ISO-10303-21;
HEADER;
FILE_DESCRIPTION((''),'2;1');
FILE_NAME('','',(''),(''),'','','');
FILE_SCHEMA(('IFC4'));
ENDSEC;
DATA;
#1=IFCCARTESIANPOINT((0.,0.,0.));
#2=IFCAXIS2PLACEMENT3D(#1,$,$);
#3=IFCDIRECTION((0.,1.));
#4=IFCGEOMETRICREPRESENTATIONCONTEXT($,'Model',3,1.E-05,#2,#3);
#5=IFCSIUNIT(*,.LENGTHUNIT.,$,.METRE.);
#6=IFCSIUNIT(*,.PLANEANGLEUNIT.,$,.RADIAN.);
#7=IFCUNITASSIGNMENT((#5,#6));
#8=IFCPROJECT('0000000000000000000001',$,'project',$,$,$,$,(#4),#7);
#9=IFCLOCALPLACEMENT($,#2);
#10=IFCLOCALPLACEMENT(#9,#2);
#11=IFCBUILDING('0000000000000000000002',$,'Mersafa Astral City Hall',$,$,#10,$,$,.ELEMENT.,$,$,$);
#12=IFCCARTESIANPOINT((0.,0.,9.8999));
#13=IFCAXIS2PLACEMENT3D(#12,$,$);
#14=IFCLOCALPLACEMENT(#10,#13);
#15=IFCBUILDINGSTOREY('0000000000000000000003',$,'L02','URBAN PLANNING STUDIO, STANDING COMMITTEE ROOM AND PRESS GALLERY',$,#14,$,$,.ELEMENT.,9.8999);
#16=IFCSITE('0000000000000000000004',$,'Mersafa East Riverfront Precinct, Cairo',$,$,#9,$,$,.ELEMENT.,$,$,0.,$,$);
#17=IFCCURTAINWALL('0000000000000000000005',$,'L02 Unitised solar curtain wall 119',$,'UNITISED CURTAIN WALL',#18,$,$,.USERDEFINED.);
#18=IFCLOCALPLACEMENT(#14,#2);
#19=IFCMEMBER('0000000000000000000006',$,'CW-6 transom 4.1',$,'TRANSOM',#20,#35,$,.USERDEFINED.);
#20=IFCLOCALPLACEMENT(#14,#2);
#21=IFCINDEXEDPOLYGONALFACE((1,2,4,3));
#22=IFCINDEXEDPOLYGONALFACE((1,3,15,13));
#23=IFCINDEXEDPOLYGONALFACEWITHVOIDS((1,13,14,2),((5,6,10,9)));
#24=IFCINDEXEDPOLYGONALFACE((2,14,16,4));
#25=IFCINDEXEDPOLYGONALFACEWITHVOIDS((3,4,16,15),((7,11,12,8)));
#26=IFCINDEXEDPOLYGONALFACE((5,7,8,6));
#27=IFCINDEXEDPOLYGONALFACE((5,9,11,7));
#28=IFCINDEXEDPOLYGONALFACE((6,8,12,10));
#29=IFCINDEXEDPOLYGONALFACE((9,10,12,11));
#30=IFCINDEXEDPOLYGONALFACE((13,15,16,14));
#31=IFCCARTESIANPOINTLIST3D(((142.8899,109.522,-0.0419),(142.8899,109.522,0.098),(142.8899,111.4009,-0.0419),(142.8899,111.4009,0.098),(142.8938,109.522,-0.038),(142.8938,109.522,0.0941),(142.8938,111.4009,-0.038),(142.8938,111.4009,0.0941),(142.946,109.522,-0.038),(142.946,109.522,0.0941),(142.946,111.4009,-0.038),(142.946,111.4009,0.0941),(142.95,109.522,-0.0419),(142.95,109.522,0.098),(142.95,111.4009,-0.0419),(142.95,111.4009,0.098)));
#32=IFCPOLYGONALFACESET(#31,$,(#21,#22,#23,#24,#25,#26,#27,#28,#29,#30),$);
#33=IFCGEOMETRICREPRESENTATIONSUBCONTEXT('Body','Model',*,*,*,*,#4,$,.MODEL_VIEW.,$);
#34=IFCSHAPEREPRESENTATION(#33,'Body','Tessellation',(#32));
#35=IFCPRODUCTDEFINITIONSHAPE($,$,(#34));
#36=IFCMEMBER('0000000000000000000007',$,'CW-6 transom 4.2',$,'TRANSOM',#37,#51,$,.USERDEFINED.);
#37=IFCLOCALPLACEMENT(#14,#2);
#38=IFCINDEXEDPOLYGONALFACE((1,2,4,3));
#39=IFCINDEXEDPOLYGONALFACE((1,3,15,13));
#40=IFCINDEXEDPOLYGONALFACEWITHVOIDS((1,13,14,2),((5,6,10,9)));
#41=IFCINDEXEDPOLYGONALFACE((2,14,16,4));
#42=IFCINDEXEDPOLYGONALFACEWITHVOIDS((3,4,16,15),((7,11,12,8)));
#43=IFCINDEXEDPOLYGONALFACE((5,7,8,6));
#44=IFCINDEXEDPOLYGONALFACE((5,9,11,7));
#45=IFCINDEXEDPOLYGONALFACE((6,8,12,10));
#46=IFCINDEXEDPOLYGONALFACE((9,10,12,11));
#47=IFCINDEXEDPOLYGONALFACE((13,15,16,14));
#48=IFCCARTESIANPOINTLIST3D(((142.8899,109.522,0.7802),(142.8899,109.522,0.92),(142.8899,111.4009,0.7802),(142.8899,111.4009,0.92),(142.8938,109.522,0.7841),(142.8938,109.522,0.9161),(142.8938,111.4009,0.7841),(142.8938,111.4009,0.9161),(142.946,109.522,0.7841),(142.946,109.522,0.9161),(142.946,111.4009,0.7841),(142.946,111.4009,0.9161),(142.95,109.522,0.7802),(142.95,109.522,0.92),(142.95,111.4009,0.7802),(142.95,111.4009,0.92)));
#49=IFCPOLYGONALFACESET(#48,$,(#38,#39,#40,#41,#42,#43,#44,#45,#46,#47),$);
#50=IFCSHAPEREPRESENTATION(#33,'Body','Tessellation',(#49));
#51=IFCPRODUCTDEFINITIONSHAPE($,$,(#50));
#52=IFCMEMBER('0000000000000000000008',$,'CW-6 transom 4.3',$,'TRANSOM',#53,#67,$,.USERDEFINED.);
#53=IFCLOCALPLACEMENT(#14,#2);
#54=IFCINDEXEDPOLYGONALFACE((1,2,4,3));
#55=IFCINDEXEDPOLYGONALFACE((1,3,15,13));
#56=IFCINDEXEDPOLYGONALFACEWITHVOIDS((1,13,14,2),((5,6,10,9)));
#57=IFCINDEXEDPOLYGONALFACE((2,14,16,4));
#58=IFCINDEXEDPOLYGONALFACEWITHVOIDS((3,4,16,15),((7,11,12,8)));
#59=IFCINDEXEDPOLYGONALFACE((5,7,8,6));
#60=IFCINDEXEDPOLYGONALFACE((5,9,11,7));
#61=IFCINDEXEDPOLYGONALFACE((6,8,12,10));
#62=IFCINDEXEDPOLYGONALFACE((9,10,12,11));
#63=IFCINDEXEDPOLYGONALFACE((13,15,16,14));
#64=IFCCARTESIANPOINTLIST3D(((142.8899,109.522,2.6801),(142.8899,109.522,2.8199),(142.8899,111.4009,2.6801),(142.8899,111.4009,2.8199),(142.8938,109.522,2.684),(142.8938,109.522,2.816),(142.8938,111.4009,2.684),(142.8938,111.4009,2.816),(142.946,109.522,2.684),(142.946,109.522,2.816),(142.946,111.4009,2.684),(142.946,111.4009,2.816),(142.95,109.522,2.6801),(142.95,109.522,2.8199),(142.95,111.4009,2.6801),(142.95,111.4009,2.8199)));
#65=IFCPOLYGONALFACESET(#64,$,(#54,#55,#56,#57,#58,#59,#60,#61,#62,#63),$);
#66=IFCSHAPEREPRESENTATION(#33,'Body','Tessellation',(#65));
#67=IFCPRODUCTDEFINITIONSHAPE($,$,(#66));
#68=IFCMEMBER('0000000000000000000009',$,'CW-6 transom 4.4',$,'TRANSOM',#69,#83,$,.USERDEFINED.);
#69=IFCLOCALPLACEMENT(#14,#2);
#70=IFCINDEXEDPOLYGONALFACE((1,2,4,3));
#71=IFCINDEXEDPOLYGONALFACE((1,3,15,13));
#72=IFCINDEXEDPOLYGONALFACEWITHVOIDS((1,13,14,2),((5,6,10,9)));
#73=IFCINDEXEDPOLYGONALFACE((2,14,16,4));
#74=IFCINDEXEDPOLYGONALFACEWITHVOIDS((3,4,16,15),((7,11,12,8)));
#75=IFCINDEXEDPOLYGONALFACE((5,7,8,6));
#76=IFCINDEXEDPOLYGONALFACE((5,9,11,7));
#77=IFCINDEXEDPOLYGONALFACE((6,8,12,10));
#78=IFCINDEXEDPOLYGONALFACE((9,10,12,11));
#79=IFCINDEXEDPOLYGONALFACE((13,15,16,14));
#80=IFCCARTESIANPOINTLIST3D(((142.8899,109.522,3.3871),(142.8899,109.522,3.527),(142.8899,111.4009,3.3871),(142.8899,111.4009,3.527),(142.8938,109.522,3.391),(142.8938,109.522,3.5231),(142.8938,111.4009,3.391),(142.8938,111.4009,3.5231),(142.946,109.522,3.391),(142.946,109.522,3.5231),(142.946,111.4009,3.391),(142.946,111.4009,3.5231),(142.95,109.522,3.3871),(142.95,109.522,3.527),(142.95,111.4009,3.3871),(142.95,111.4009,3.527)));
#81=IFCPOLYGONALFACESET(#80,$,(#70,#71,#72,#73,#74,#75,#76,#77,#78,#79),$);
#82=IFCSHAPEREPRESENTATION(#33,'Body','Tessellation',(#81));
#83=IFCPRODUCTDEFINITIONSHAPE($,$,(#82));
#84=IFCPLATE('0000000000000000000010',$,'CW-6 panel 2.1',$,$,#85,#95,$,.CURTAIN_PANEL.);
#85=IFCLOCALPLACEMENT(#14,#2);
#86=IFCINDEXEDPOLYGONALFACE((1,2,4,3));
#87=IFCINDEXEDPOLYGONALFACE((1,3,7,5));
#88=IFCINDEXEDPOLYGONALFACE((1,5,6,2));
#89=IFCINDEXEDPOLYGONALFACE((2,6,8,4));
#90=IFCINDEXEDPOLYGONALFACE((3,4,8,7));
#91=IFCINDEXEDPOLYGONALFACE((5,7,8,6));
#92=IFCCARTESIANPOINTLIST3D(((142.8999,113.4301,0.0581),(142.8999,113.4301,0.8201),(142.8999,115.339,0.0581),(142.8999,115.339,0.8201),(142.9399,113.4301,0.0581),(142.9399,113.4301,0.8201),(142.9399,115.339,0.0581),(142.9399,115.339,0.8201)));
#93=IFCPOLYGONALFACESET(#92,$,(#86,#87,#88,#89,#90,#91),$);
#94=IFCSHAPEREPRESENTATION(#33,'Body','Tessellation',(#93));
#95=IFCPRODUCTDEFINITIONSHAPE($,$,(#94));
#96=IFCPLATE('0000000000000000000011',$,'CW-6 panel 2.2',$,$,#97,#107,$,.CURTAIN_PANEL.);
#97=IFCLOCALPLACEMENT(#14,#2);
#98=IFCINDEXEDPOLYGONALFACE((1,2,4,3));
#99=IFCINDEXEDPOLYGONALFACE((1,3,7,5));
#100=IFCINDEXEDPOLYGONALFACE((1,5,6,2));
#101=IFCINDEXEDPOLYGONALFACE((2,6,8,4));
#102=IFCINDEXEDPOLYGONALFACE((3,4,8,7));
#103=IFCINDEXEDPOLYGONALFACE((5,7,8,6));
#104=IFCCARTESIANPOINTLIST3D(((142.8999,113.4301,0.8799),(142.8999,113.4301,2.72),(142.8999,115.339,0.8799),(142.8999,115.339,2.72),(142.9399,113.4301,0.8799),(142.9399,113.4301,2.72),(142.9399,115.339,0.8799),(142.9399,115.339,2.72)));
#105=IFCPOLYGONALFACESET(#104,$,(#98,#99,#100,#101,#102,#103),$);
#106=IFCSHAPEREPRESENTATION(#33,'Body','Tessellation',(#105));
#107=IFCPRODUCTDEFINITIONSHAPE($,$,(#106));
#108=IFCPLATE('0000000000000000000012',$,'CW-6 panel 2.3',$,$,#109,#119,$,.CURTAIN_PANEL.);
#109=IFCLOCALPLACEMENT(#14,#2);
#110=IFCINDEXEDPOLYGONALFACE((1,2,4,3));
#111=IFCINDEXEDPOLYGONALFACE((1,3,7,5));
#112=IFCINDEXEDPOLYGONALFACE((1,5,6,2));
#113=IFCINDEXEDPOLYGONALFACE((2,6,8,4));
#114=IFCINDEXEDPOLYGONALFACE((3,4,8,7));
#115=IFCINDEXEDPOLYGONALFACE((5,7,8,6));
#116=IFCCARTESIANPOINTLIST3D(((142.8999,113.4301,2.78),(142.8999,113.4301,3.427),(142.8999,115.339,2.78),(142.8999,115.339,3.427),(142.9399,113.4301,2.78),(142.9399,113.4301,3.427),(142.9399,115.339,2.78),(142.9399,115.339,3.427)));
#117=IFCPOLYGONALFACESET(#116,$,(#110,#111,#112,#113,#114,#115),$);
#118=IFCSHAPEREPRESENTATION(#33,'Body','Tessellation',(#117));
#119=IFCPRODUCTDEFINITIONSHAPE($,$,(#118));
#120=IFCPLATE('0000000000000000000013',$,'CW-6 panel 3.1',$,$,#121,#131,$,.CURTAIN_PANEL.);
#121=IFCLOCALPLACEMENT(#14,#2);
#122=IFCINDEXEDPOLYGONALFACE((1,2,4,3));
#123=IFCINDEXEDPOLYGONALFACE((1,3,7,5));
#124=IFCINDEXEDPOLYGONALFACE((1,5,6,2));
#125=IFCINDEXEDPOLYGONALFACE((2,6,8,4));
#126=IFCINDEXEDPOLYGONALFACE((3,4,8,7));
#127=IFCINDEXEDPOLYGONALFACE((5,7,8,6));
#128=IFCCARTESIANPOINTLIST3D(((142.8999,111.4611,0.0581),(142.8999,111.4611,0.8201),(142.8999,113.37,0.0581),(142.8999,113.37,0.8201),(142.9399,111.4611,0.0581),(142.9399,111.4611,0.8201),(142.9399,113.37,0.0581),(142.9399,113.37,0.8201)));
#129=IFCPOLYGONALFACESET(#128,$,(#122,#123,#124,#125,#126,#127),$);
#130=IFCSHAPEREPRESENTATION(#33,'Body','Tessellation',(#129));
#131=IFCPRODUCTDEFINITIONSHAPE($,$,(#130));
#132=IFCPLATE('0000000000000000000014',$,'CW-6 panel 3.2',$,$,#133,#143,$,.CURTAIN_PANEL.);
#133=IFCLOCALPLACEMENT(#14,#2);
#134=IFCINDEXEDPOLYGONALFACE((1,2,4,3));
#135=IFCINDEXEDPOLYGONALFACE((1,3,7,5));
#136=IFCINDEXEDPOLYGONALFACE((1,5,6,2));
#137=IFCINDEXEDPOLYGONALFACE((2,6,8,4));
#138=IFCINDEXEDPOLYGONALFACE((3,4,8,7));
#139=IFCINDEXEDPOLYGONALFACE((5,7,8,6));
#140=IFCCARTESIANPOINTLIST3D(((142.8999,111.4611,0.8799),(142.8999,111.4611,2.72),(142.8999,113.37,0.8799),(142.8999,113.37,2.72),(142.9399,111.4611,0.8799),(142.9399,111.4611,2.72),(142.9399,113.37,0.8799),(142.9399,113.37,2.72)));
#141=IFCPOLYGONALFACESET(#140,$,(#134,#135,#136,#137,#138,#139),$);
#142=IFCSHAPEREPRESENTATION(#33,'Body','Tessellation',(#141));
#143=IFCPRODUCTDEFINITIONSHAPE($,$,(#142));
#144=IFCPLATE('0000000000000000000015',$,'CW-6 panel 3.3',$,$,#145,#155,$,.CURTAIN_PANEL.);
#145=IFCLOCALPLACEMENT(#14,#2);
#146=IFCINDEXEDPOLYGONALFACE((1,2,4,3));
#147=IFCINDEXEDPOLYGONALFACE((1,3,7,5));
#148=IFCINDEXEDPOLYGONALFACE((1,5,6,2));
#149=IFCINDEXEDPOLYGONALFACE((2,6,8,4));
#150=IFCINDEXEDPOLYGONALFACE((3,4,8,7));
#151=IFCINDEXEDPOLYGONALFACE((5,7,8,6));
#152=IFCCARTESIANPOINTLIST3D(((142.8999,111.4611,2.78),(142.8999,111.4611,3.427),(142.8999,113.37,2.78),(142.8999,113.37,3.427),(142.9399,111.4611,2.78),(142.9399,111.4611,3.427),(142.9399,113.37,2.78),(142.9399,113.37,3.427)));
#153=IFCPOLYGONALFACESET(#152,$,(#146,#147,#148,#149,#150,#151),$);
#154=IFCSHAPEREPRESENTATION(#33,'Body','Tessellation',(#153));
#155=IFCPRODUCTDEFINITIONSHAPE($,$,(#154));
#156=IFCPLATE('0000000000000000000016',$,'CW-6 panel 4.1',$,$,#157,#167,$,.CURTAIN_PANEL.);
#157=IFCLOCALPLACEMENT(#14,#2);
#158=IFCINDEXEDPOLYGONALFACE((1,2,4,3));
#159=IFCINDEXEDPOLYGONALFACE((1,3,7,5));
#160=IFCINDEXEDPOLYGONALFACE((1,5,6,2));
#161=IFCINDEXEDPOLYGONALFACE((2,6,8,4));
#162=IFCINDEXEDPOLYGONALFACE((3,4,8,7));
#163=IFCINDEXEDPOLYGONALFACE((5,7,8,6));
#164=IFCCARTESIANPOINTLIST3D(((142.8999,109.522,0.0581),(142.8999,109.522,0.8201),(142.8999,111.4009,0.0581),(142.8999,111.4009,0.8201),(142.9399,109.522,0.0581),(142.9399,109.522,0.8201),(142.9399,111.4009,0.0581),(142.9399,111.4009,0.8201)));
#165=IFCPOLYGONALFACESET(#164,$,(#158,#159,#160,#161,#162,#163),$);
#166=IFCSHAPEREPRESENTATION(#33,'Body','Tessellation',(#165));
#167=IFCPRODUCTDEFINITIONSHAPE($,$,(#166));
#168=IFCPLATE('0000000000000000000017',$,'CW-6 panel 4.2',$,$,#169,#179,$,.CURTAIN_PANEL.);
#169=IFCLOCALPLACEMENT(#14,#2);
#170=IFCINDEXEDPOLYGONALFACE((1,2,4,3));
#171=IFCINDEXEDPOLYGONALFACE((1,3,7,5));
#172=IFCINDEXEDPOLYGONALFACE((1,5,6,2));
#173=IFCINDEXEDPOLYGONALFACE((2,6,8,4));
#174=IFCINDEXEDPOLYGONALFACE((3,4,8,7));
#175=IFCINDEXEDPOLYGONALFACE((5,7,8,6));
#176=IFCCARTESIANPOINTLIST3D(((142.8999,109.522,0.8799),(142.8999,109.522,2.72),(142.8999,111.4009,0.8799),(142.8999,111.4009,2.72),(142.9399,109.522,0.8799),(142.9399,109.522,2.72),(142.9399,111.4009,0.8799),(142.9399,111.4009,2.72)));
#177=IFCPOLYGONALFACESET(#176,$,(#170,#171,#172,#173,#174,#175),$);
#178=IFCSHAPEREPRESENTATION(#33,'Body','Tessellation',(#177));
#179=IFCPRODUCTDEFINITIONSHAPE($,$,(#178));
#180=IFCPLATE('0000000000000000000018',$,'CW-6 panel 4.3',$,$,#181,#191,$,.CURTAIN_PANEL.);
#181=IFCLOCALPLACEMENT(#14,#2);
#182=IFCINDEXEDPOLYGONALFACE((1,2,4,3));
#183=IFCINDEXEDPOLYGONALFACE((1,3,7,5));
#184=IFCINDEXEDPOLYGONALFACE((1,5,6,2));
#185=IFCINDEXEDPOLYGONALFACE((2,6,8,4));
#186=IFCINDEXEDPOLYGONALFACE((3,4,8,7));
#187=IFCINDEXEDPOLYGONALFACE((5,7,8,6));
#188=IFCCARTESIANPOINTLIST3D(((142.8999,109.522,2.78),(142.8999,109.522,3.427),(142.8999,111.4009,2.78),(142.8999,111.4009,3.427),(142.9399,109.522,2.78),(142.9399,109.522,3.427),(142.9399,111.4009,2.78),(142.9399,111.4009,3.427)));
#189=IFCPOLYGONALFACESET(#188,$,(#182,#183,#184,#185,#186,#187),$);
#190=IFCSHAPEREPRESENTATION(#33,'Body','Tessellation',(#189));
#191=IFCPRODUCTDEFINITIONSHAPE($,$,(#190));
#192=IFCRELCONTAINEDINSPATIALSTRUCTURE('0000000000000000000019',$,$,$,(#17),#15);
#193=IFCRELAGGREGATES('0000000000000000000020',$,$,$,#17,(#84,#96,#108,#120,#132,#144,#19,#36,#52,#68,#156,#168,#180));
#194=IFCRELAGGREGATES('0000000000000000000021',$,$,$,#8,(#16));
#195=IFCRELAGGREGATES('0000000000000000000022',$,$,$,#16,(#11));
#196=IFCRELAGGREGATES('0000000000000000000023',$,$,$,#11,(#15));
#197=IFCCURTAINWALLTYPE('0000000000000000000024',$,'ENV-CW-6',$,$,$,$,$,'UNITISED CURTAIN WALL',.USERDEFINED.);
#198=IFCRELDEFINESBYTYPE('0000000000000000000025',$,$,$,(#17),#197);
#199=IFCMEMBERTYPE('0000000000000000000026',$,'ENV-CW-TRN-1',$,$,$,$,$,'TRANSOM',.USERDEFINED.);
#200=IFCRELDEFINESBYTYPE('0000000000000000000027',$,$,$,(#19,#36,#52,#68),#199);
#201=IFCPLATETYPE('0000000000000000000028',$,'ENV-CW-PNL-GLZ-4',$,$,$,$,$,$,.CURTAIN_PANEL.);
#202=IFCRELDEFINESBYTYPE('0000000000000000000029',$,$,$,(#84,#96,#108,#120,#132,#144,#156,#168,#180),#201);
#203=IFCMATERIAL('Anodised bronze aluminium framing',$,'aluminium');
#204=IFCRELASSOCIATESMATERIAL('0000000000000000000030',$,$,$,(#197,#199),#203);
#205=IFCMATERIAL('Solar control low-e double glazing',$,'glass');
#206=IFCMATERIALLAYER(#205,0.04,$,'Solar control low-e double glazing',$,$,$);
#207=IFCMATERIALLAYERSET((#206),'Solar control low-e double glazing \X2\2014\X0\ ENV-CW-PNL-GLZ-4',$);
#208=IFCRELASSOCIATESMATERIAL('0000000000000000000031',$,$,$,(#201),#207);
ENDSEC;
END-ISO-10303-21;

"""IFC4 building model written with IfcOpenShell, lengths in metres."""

from ifc_helpers import new_model, si_unit, direction, frame, origin, origin_2d, place, context, subcontext, project, spatial, rectangle, hollow_rectangle, extrude, material, layer, layer_set, material_profile, profile_set, type_object, element, aggregate, save


model = new_model("IFC4")

# Units and contexts
model_context = context("Model", 3, precision=1e-05, world=origin(), true_north=direction((0.0, 1.0)))
body_context = subcontext(model_context, "Body", "Model", "MODEL_VIEW")
ifc_project = project(units=[si_unit("LENGTHUNIT", "METRE"), si_unit("PLANEANGLEUNIT", "RADIAN")], contexts=[model_context])

# Site, building, storey
site_placement = place(None, origin())
site = spatial("IfcSite", under=ifc_project, at=site_placement, Name="Mersafa East Riverfront Precinct, Cairo", CompositionType="ELEMENT", RefElevation=0.0)
building_placement = place(site_placement, origin())
building = spatial("IfcBuilding", under=site, at=building_placement, Name="Mersafa Astral City Hall", CompositionType="ELEMENT")
storey_placement = place(building_placement, frame((0.0, 0.0, 9.8999)))
storey = spatial("IfcBuildingStorey", under=building, at=storey_placement, Name="L02", Description="URBAN PLANNING STUDIO, STANDING COMMITTEE ROOM AND PRESS GALLERY", CompositionType="ELEMENT", Elevation=9.8999)

# Curtain wall
ifc_material_1 = material(Name="Anodised bronze aluminium framing", Category="aluminium")
curtain_wall_type_1 = type_object("IfcCurtainWallType", Name="ENV-CW-6", ElementType="UNITISED CURTAIN WALL", PredefinedType="USERDEFINED", material=ifc_material_1)
curtain_wall_1_placement = place(storey_placement, origin())
curtain_wall_1 = element("IfcCurtainWall", 1, at=curtain_wall_1_placement, inside=storey, type_object=curtain_wall_type_1, Name="L02 Unitised solar curtain wall 119", ObjectType="UNITISED CURTAIN WALL", PredefinedType="USERDEFINED")

# Members
ifc_material_profile_1 = material_profile(ifc_material_1, hollow_rectangle(XDim=0.0601, YDim=0.1399, WallThickness=0.0039, at=origin_2d()), Name="RHS 60x140x4")
ifc_profile_set_1 = profile_set([ifc_material_profile_1], Name="Anodised bronze aluminium framing")
member_type_1 = type_object("IfcMemberType", Name="ENV-CW-TRN-1", ElementType="TRANSOM", PredefinedType="USERDEFINED", material=ifc_profile_set_1)
member_1_placement = place(storey_placement, frame((142.9199, 111.4009, 0.0281), z_axis=(0.0, -1.0, 0.0), x_axis=(1.0, 0.0, 0.0)))
member_1 = element("IfcMember", 2, at=member_1_placement, type_object=member_type_1, Name="CW-6 transom 4.1", ObjectType="TRANSOM", PredefinedType="USERDEFINED", context=body_context, shape_type="SweptSolid", body=[
    extrude(hollow_rectangle(XDim=0.0601, YDim=0.1399, WallThickness=0.0039, at=origin_2d()), origin(), (0.0, 0.0, 1.0), 1.8789),
])
member_2_placement = place(storey_placement, frame((142.9199, 111.4009, 0.8501), z_axis=(0.0, -1.0, 0.0), x_axis=(1.0, 0.0, 0.0)))
member_2 = element("IfcMember", 3, at=member_2_placement, type_object=member_type_1, Name="CW-6 transom 4.2", ObjectType="TRANSOM", PredefinedType="USERDEFINED", context=body_context, shape_type="SweptSolid", body=[
    extrude(hollow_rectangle(XDim=0.0601, YDim=0.1399, WallThickness=0.0039, at=origin_2d()), origin(), (0.0, 0.0, 1.0), 1.8789),
])
member_3_placement = place(storey_placement, frame((142.9199, 111.4009, 2.75), z_axis=(0.0, -1.0, 0.0), x_axis=(1.0, 0.0, 0.0)))
member_3 = element("IfcMember", 4, at=member_3_placement, type_object=member_type_1, Name="CW-6 transom 4.3", ObjectType="TRANSOM", PredefinedType="USERDEFINED", context=body_context, shape_type="SweptSolid", body=[
    extrude(hollow_rectangle(XDim=0.0601, YDim=0.1399, WallThickness=0.0039, at=origin_2d()), origin(), (0.0, 0.0, 1.0), 1.8789),
])
member_4_placement = place(storey_placement, frame((142.9199, 111.4009, 3.457), z_axis=(0.0, -1.0, 0.0), x_axis=(1.0, 0.0, 0.0)))
member_4 = element("IfcMember", 5, at=member_4_placement, type_object=member_type_1, Name="CW-6 transom 4.4", ObjectType="TRANSOM", PredefinedType="USERDEFINED", context=body_context, shape_type="SweptSolid", body=[
    extrude(hollow_rectangle(XDim=0.0601, YDim=0.1399, WallThickness=0.0039, at=origin_2d()), origin(), (0.0, 0.0, 1.0), 1.8789),
])

# Plates
ifc_material_2 = material(Name="Solar control low-e double glazing", Category="glass")
ifc_layer = layer(ifc_material_2, 0.04, Name="Solar control low-e double glazing")
ifc_layer_set = layer_set([ifc_layer], Name="Solar control low-e double glazing — ENV-CW-PNL-GLZ-4")
plate_type = type_object("IfcPlateType", Name="ENV-CW-PNL-GLZ-4", PredefinedType="CURTAIN_PANEL", material=ifc_layer_set)
plate_1_placement = place(storey_placement, frame((142.9199, 114.3845, 0.0581), z_axis=(0.0, 0.0, 1.0), x_axis=(0.0, -1.0, 0.0)))
plate_1 = element("IfcPlate", 6, at=plate_1_placement, type_object=plate_type, Name="CW-6 panel 2.1", PredefinedType="CURTAIN_PANEL", context=body_context, shape_type="SweptSolid", body=[
    extrude(rectangle(XDim=1.9089, YDim=0.04, at=origin_2d()), origin(), (0.0, 0.0, 1.0), 0.762),
])
plate_2_placement = place(storey_placement, frame((142.9199, 114.3845, 0.8799), z_axis=(0.0, 0.0, 1.0), x_axis=(0.0, -1.0, 0.0)))
plate_2 = element("IfcPlate", 7, at=plate_2_placement, type_object=plate_type, Name="CW-6 panel 2.2", PredefinedType="CURTAIN_PANEL", context=body_context, shape_type="SweptSolid", body=[
    extrude(rectangle(XDim=1.9089, YDim=0.04, at=origin_2d()), origin(), (0.0, 0.0, 1.0), 1.8401),
])
plate_3_placement = place(storey_placement, frame((142.9199, 114.3845, 2.78), z_axis=(0.0, 0.0, 1.0), x_axis=(0.0, -1.0, 0.0)))
plate_3 = element("IfcPlate", 8, at=plate_3_placement, type_object=plate_type, Name="CW-6 panel 2.3", PredefinedType="CURTAIN_PANEL", context=body_context, shape_type="SweptSolid", body=[
    extrude(rectangle(XDim=1.9089, YDim=0.04, at=origin_2d()), origin(), (0.0, 0.0, 1.0), 0.647),
])
plate_4_placement = place(storey_placement, frame((142.9199, 112.4155, 0.0581), z_axis=(0.0, 0.0, 1.0), x_axis=(0.0, -1.0, 0.0)))
plate_4 = element("IfcPlate", 9, at=plate_4_placement, type_object=plate_type, Name="CW-6 panel 3.1", PredefinedType="CURTAIN_PANEL", context=body_context, shape_type="SweptSolid", body=[
    extrude(rectangle(XDim=1.9089, YDim=0.04, at=origin_2d()), origin(), (0.0, 0.0, 1.0), 0.762),
])
plate_5_placement = place(storey_placement, frame((142.9199, 112.4155, 0.8799), z_axis=(0.0, 0.0, 1.0), x_axis=(0.0, -1.0, 0.0)))
plate_5 = element("IfcPlate", 10, at=plate_5_placement, type_object=plate_type, Name="CW-6 panel 3.2", PredefinedType="CURTAIN_PANEL", context=body_context, shape_type="SweptSolid", body=[
    extrude(rectangle(XDim=1.9089, YDim=0.04, at=origin_2d()), origin(), (0.0, 0.0, 1.0), 1.8401),
])
plate_6_placement = place(storey_placement, frame((142.9199, 112.4155, 2.78), z_axis=(0.0, 0.0, 1.0), x_axis=(0.0, -1.0, 0.0)))
plate_6 = element("IfcPlate", 11, at=plate_6_placement, type_object=plate_type, Name="CW-6 panel 3.3", PredefinedType="CURTAIN_PANEL", context=body_context, shape_type="SweptSolid", body=[
    extrude(rectangle(XDim=1.9089, YDim=0.04, at=origin_2d()), origin(), (0.0, 0.0, 1.0), 0.647),
])
plate_7_placement = place(storey_placement, frame((142.9199, 110.4614, 0.0581), z_axis=(0.0, 0.0, 1.0), x_axis=(0.0, -1.0, 0.0)))
plate_7 = element("IfcPlate", 12, at=plate_7_placement, type_object=plate_type, Name="CW-6 panel 4.1", PredefinedType="CURTAIN_PANEL", context=body_context, shape_type="SweptSolid", body=[
    extrude(rectangle(XDim=1.8789, YDim=0.04, at=origin_2d()), origin(), (0.0, 0.0, 1.0), 0.762),
])
plate_8_placement = place(storey_placement, frame((142.9199, 110.4614, 0.8799), z_axis=(0.0, 0.0, 1.0), x_axis=(0.0, -1.0, 0.0)))
plate_8 = element("IfcPlate", 13, at=plate_8_placement, type_object=plate_type, Name="CW-6 panel 4.2", PredefinedType="CURTAIN_PANEL", context=body_context, shape_type="SweptSolid", body=[
    extrude(rectangle(XDim=1.8789, YDim=0.04, at=origin_2d()), origin(), (0.0, 0.0, 1.0), 1.8401),
])
plate_9_placement = place(storey_placement, frame((142.9199, 110.4614, 2.78), z_axis=(0.0, 0.0, 1.0), x_axis=(0.0, -1.0, 0.0)))
plate_9 = element("IfcPlate", 14, at=plate_9_placement, type_object=plate_type, Name="CW-6 panel 4.3", PredefinedType="CURTAIN_PANEL", context=body_context, shape_type="SweptSolid", body=[
    extrude(rectangle(XDim=1.8789, YDim=0.04, at=origin_2d()), origin(), (0.0, 0.0, 1.0), 0.647),
])
aggregate(curtain_wall_1, [plate_1, plate_2, plate_3, plate_4, plate_5, plate_6, member_1, member_2, member_3, member_4, plate_7, plate_8, plate_9])

save(model, "model.ifc")
